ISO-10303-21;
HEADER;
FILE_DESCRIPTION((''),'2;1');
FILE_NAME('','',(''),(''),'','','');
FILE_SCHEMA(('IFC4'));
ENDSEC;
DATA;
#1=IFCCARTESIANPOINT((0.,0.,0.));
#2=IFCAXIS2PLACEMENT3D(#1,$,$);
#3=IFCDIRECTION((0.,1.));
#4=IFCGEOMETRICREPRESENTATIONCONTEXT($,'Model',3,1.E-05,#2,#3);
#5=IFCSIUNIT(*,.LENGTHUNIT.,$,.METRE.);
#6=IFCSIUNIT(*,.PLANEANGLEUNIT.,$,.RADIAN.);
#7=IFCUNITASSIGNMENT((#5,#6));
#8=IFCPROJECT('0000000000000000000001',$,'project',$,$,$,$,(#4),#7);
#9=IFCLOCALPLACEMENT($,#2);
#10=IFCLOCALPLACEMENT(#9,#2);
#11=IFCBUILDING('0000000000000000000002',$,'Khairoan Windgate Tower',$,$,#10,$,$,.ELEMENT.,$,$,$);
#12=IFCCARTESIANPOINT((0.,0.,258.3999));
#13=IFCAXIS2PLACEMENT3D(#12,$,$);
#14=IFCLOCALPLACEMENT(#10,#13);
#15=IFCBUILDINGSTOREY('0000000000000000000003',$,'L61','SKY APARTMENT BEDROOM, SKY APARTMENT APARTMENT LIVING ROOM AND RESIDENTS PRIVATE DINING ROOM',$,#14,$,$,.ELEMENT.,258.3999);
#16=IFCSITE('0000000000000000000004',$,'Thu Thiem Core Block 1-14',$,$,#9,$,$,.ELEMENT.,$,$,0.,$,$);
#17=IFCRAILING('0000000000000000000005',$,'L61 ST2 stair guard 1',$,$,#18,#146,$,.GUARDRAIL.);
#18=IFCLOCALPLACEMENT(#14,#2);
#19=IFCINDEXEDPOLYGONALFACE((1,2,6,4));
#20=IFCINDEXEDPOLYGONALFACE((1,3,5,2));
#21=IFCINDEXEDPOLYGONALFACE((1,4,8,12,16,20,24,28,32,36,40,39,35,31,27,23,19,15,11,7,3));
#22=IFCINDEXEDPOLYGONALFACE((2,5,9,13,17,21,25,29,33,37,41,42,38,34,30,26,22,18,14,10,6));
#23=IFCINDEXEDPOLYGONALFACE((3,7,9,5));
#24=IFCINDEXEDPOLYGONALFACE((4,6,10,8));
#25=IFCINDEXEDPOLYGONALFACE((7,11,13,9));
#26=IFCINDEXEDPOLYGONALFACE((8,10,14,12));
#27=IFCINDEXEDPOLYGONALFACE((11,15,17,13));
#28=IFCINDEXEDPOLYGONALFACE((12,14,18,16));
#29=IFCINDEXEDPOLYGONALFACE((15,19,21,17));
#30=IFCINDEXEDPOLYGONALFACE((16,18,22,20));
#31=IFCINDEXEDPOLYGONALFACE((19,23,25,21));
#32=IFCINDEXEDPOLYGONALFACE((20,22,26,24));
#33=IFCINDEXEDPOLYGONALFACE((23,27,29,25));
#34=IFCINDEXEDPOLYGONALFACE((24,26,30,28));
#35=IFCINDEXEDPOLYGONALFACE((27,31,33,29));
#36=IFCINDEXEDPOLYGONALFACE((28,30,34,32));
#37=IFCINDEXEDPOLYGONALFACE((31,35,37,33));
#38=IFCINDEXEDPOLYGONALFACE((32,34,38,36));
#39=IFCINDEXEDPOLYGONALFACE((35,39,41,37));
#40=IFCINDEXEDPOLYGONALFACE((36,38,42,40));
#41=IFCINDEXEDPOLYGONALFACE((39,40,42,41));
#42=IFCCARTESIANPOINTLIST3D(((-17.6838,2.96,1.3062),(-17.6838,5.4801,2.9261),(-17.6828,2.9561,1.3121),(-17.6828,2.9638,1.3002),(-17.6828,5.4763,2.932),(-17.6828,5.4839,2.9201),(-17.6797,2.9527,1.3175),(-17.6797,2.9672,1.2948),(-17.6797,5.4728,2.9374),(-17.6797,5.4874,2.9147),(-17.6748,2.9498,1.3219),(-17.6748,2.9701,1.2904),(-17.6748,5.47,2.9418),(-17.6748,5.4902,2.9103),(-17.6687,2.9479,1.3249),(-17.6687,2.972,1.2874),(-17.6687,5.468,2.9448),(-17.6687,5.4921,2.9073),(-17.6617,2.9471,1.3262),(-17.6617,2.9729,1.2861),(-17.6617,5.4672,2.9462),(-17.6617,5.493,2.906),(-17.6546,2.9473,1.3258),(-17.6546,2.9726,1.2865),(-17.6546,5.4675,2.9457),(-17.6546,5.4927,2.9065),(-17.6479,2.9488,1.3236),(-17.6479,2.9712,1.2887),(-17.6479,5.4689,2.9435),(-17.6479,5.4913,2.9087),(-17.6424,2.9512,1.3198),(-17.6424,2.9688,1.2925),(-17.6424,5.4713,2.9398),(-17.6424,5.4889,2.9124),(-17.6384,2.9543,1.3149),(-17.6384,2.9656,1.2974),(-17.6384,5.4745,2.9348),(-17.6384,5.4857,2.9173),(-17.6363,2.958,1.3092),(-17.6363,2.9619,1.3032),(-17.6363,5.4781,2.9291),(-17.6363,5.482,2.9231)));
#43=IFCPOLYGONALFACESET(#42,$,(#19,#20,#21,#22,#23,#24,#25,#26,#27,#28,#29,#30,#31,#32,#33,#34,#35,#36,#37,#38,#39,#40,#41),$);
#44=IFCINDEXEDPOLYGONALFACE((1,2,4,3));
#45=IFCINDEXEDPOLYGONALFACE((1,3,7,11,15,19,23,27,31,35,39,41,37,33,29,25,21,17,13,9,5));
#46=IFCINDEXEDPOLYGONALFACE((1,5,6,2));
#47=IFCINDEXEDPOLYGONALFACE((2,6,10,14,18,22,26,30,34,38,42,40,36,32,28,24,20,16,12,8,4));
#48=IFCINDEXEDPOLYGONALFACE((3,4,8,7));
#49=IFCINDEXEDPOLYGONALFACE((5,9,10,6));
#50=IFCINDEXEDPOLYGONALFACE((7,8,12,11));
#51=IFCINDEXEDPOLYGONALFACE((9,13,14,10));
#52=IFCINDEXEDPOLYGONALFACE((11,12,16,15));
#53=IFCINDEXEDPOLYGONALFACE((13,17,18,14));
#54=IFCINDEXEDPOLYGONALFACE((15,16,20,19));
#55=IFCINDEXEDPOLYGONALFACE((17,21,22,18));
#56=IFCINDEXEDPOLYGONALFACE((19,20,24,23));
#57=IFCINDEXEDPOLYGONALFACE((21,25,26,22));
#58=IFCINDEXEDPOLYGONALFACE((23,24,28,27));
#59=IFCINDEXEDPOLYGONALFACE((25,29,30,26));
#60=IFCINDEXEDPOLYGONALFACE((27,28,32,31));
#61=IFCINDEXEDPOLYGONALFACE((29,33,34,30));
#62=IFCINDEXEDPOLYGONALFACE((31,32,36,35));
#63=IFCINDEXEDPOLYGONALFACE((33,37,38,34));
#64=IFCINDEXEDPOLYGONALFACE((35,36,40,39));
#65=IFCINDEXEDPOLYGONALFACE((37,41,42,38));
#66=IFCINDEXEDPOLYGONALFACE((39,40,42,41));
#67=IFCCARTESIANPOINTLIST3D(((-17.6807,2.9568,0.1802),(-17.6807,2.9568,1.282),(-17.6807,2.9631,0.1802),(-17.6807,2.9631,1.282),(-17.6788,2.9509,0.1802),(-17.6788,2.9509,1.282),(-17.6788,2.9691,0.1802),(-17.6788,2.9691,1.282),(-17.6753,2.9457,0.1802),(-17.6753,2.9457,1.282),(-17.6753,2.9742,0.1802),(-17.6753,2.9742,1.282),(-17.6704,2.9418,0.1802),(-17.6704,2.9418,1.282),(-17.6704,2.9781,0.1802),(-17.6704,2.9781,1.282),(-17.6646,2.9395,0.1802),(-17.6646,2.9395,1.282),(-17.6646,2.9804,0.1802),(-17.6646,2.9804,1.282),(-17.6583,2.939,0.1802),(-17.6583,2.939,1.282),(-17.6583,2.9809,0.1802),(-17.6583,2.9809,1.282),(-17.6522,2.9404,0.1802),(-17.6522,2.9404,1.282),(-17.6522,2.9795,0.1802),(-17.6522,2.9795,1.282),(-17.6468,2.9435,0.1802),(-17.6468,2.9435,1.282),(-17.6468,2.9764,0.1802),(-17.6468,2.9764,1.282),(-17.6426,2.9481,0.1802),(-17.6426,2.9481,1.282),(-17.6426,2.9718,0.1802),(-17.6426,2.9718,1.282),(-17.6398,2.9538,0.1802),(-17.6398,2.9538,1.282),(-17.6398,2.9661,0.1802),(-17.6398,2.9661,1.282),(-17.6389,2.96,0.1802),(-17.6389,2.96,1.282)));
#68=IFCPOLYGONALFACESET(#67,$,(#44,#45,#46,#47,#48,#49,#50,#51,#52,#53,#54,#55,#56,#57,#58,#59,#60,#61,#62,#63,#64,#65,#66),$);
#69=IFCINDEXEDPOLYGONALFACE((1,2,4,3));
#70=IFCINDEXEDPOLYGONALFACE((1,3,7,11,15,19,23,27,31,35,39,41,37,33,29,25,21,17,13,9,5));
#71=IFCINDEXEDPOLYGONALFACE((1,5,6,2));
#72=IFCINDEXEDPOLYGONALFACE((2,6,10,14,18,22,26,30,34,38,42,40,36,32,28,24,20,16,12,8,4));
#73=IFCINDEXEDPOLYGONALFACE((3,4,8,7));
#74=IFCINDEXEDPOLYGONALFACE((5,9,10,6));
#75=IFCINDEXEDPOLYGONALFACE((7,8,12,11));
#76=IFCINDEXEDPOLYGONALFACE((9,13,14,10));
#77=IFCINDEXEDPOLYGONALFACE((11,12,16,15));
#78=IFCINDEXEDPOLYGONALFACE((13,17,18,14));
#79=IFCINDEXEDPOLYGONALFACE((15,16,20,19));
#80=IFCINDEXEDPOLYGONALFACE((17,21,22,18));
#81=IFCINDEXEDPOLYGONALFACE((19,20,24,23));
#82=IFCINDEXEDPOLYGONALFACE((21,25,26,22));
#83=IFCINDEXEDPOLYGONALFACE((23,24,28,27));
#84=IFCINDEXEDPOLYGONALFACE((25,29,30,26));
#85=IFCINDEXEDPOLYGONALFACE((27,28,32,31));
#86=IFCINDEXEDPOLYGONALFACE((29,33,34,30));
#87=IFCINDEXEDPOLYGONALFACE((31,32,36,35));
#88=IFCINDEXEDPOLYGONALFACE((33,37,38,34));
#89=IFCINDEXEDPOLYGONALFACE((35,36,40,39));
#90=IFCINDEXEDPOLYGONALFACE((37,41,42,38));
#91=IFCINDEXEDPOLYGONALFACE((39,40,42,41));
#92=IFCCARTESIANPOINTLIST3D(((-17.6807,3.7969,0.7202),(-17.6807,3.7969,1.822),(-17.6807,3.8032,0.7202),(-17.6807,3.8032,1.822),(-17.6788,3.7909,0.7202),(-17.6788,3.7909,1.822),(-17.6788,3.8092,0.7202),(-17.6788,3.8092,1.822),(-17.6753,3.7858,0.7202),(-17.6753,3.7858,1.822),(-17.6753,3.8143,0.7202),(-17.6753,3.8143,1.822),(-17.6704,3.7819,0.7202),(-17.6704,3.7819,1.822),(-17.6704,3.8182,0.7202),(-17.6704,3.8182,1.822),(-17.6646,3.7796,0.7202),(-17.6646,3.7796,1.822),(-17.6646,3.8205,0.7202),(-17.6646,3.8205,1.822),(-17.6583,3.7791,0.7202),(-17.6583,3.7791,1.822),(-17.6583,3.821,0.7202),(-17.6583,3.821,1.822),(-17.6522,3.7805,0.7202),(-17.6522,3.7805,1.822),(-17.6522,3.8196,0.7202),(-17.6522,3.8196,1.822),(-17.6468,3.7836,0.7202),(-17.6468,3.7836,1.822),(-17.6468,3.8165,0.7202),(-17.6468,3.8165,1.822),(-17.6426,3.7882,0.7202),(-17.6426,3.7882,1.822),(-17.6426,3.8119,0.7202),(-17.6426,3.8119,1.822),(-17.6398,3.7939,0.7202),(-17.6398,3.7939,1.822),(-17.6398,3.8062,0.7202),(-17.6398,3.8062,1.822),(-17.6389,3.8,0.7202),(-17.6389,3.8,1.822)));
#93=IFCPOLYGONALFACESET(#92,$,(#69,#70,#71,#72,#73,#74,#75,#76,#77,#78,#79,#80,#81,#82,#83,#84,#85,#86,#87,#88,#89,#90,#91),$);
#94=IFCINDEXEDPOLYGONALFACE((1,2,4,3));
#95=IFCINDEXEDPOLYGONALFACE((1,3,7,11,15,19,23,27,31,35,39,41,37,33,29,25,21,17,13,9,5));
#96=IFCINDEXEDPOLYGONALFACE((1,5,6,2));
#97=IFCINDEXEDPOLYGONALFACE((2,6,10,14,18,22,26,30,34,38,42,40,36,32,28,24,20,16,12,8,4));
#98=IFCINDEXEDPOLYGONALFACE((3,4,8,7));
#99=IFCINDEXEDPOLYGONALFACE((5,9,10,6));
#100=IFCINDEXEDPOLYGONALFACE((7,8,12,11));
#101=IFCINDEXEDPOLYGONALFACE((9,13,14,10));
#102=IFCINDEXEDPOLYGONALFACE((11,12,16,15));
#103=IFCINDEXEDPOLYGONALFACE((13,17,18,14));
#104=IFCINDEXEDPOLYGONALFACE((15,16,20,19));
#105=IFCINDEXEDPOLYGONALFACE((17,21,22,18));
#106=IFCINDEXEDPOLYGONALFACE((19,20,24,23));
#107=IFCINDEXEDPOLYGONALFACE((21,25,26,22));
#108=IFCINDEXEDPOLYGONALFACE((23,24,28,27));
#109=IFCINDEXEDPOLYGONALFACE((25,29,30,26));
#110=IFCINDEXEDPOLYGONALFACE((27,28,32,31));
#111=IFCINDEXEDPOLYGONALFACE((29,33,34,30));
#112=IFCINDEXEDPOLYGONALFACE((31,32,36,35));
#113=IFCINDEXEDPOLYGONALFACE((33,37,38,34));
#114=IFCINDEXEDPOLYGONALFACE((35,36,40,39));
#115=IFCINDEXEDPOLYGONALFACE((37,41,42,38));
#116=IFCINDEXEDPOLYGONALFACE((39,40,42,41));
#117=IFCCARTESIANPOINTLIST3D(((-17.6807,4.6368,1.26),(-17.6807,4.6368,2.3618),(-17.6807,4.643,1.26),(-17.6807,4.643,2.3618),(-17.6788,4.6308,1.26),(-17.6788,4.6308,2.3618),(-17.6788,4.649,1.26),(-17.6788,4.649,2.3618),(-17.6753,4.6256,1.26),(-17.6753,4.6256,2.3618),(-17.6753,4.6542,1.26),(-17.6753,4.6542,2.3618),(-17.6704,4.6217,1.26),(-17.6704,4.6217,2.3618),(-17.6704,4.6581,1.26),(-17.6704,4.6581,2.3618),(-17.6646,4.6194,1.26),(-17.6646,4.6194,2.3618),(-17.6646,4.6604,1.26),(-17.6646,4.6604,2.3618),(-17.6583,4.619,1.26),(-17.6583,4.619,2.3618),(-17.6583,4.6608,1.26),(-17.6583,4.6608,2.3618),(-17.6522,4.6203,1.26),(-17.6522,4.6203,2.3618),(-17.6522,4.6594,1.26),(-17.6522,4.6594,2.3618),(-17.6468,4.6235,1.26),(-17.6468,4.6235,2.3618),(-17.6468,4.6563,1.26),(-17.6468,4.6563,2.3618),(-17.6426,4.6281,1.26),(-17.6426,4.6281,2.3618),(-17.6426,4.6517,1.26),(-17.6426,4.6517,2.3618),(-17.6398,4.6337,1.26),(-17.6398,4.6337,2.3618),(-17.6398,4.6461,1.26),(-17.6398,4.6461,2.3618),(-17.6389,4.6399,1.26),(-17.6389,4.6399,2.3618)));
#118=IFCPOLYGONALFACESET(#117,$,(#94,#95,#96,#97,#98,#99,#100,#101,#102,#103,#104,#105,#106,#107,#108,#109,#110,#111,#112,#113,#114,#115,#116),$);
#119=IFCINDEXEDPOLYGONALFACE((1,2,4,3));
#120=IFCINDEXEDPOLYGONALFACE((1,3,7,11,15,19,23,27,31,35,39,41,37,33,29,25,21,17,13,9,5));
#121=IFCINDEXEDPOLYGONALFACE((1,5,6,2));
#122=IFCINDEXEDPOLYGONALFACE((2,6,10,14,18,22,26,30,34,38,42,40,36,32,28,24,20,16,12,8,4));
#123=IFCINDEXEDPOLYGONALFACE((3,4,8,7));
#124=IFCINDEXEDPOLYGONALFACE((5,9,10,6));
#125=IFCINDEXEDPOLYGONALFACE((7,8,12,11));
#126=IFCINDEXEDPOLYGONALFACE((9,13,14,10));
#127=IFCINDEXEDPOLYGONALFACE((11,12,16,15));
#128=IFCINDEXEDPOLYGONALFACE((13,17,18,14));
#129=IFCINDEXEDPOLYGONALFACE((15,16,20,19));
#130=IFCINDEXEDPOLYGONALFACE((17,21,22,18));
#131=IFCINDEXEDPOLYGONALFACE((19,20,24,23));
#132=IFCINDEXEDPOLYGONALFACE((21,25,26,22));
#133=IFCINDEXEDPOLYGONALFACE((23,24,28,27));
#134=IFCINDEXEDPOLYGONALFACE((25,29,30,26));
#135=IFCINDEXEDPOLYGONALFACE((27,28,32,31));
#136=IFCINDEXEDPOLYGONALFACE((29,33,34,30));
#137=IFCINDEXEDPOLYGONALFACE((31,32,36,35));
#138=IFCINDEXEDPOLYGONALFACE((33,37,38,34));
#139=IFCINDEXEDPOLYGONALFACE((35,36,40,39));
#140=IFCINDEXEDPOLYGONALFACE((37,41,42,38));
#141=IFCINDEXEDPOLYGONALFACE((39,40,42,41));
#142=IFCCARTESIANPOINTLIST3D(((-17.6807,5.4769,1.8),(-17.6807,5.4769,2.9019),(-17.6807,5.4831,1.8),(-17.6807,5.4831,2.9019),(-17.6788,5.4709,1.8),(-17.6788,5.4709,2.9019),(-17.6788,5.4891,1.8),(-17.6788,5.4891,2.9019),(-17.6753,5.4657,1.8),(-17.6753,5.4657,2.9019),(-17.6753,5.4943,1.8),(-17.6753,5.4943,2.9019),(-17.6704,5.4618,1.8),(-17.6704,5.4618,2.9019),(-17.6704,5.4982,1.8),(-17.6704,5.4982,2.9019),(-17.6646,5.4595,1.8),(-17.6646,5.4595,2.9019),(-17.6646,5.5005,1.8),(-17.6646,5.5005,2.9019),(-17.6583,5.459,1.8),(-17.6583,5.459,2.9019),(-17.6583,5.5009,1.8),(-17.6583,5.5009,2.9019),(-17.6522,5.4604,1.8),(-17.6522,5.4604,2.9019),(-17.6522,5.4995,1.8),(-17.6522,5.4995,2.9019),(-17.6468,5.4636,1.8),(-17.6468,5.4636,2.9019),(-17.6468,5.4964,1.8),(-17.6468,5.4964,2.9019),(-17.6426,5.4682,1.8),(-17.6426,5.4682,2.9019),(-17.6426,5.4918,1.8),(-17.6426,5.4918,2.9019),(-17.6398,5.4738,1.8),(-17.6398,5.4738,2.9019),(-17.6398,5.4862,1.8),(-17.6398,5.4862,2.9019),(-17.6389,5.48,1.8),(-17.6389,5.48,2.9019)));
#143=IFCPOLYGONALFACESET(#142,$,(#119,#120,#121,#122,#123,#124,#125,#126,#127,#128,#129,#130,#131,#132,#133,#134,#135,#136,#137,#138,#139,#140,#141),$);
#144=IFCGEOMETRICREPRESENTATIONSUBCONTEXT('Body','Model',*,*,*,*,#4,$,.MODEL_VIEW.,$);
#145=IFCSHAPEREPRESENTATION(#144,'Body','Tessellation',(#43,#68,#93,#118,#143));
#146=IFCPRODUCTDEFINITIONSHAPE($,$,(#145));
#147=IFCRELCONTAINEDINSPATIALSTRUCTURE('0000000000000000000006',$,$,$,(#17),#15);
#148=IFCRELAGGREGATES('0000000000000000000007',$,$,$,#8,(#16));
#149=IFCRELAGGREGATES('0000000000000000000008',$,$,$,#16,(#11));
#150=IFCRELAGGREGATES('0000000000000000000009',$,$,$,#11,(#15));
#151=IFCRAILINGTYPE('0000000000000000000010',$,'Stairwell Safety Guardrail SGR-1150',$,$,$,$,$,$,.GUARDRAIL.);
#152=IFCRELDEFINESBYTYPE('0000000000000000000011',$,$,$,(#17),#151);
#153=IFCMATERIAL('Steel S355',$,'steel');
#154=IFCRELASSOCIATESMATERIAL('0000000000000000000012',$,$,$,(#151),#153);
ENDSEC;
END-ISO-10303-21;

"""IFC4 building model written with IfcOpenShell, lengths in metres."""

from ifc_helpers import new_model, si_unit, direction, frame, origin, origin_2d, place, context, subcontext, project, spatial, circle, extrude, material, type_object, element, save


model = new_model("IFC4")

# Units and contexts
model_context = context("Model", 3, precision=1e-05, world=origin(), true_north=direction((0.0, 1.0)))
body_context = subcontext(model_context, "Body", "Model", "MODEL_VIEW")
ifc_project = project(units=[si_unit("LENGTHUNIT", "METRE"), si_unit("PLANEANGLEUNIT", "RADIAN")], contexts=[model_context])

# Site, building, storey
site_placement = place(None, origin())
site = spatial("IfcSite", under=ifc_project, at=site_placement, Name="Thu Thiem Core Block 1-14", CompositionType="ELEMENT", RefElevation=0.0)
building_placement = place(site_placement, origin())
building = spatial("IfcBuilding", under=site, at=building_placement, Name="Khairoan Windgate Tower", CompositionType="ELEMENT")
storey_placement = place(building_placement, frame((0.0, 0.0, 258.3999)))
storey = spatial("IfcBuildingStorey", under=building, at=storey_placement, Name="L61", Description="SKY APARTMENT BEDROOM, SKY APARTMENT APARTMENT LIVING ROOM AND RESIDENTS PRIVATE DINING ROOM", CompositionType="ELEMENT", Elevation=258.3999)

# Railing
ifc_material_1 = material(Name="Steel S355", Category="steel")
railing_type_1 = type_object("IfcRailingType", Name="Stairwell Safety Guardrail SGR-1150", PredefinedType="GUARDRAIL", material=ifc_material_1)
railing_1_placement = place(storey_placement, frame((-17.6599, 2.96, 0.1802)))
element("IfcRailing", 1, at=railing_1_placement, inside=storey, type_object=railing_type_1, Name="L61 ST2 stair guard 1", PredefinedType="GUARDRAIL", context=body_context, shape_type="SweptSolid", body=[
    extrude(circle(Radius=0.0239, at=origin_2d()), frame((0.0, 0.0, 1.126), z_axis=(0.0, 0.8412, 0.540725), x_axis=(-1.0, 0.0, 0.0)), (0.0, 0.0, 1.0), 2.9958),
    extrude(circle(Radius=0.021, at=origin_2d()), origin(), (0.0, 0.0, 1.0), 1.1018),
    extrude(circle(Radius=0.021, at=origin_2d()), frame((0.0, 0.8401, 0.54)), (0.0, 0.0, 1.0), 1.1018),
    extrude(circle(Radius=0.021, at=origin_2d()), frame((0.0, 1.6799, 1.0798)), (0.0, 0.0, 1.0), 1.1018),
    extrude(circle(Radius=0.021, at=origin_2d()), frame((0.0, 2.52, 1.6199)), (0.0, 0.0, 1.0), 1.1018),
])

save(model, "model.ifc")
